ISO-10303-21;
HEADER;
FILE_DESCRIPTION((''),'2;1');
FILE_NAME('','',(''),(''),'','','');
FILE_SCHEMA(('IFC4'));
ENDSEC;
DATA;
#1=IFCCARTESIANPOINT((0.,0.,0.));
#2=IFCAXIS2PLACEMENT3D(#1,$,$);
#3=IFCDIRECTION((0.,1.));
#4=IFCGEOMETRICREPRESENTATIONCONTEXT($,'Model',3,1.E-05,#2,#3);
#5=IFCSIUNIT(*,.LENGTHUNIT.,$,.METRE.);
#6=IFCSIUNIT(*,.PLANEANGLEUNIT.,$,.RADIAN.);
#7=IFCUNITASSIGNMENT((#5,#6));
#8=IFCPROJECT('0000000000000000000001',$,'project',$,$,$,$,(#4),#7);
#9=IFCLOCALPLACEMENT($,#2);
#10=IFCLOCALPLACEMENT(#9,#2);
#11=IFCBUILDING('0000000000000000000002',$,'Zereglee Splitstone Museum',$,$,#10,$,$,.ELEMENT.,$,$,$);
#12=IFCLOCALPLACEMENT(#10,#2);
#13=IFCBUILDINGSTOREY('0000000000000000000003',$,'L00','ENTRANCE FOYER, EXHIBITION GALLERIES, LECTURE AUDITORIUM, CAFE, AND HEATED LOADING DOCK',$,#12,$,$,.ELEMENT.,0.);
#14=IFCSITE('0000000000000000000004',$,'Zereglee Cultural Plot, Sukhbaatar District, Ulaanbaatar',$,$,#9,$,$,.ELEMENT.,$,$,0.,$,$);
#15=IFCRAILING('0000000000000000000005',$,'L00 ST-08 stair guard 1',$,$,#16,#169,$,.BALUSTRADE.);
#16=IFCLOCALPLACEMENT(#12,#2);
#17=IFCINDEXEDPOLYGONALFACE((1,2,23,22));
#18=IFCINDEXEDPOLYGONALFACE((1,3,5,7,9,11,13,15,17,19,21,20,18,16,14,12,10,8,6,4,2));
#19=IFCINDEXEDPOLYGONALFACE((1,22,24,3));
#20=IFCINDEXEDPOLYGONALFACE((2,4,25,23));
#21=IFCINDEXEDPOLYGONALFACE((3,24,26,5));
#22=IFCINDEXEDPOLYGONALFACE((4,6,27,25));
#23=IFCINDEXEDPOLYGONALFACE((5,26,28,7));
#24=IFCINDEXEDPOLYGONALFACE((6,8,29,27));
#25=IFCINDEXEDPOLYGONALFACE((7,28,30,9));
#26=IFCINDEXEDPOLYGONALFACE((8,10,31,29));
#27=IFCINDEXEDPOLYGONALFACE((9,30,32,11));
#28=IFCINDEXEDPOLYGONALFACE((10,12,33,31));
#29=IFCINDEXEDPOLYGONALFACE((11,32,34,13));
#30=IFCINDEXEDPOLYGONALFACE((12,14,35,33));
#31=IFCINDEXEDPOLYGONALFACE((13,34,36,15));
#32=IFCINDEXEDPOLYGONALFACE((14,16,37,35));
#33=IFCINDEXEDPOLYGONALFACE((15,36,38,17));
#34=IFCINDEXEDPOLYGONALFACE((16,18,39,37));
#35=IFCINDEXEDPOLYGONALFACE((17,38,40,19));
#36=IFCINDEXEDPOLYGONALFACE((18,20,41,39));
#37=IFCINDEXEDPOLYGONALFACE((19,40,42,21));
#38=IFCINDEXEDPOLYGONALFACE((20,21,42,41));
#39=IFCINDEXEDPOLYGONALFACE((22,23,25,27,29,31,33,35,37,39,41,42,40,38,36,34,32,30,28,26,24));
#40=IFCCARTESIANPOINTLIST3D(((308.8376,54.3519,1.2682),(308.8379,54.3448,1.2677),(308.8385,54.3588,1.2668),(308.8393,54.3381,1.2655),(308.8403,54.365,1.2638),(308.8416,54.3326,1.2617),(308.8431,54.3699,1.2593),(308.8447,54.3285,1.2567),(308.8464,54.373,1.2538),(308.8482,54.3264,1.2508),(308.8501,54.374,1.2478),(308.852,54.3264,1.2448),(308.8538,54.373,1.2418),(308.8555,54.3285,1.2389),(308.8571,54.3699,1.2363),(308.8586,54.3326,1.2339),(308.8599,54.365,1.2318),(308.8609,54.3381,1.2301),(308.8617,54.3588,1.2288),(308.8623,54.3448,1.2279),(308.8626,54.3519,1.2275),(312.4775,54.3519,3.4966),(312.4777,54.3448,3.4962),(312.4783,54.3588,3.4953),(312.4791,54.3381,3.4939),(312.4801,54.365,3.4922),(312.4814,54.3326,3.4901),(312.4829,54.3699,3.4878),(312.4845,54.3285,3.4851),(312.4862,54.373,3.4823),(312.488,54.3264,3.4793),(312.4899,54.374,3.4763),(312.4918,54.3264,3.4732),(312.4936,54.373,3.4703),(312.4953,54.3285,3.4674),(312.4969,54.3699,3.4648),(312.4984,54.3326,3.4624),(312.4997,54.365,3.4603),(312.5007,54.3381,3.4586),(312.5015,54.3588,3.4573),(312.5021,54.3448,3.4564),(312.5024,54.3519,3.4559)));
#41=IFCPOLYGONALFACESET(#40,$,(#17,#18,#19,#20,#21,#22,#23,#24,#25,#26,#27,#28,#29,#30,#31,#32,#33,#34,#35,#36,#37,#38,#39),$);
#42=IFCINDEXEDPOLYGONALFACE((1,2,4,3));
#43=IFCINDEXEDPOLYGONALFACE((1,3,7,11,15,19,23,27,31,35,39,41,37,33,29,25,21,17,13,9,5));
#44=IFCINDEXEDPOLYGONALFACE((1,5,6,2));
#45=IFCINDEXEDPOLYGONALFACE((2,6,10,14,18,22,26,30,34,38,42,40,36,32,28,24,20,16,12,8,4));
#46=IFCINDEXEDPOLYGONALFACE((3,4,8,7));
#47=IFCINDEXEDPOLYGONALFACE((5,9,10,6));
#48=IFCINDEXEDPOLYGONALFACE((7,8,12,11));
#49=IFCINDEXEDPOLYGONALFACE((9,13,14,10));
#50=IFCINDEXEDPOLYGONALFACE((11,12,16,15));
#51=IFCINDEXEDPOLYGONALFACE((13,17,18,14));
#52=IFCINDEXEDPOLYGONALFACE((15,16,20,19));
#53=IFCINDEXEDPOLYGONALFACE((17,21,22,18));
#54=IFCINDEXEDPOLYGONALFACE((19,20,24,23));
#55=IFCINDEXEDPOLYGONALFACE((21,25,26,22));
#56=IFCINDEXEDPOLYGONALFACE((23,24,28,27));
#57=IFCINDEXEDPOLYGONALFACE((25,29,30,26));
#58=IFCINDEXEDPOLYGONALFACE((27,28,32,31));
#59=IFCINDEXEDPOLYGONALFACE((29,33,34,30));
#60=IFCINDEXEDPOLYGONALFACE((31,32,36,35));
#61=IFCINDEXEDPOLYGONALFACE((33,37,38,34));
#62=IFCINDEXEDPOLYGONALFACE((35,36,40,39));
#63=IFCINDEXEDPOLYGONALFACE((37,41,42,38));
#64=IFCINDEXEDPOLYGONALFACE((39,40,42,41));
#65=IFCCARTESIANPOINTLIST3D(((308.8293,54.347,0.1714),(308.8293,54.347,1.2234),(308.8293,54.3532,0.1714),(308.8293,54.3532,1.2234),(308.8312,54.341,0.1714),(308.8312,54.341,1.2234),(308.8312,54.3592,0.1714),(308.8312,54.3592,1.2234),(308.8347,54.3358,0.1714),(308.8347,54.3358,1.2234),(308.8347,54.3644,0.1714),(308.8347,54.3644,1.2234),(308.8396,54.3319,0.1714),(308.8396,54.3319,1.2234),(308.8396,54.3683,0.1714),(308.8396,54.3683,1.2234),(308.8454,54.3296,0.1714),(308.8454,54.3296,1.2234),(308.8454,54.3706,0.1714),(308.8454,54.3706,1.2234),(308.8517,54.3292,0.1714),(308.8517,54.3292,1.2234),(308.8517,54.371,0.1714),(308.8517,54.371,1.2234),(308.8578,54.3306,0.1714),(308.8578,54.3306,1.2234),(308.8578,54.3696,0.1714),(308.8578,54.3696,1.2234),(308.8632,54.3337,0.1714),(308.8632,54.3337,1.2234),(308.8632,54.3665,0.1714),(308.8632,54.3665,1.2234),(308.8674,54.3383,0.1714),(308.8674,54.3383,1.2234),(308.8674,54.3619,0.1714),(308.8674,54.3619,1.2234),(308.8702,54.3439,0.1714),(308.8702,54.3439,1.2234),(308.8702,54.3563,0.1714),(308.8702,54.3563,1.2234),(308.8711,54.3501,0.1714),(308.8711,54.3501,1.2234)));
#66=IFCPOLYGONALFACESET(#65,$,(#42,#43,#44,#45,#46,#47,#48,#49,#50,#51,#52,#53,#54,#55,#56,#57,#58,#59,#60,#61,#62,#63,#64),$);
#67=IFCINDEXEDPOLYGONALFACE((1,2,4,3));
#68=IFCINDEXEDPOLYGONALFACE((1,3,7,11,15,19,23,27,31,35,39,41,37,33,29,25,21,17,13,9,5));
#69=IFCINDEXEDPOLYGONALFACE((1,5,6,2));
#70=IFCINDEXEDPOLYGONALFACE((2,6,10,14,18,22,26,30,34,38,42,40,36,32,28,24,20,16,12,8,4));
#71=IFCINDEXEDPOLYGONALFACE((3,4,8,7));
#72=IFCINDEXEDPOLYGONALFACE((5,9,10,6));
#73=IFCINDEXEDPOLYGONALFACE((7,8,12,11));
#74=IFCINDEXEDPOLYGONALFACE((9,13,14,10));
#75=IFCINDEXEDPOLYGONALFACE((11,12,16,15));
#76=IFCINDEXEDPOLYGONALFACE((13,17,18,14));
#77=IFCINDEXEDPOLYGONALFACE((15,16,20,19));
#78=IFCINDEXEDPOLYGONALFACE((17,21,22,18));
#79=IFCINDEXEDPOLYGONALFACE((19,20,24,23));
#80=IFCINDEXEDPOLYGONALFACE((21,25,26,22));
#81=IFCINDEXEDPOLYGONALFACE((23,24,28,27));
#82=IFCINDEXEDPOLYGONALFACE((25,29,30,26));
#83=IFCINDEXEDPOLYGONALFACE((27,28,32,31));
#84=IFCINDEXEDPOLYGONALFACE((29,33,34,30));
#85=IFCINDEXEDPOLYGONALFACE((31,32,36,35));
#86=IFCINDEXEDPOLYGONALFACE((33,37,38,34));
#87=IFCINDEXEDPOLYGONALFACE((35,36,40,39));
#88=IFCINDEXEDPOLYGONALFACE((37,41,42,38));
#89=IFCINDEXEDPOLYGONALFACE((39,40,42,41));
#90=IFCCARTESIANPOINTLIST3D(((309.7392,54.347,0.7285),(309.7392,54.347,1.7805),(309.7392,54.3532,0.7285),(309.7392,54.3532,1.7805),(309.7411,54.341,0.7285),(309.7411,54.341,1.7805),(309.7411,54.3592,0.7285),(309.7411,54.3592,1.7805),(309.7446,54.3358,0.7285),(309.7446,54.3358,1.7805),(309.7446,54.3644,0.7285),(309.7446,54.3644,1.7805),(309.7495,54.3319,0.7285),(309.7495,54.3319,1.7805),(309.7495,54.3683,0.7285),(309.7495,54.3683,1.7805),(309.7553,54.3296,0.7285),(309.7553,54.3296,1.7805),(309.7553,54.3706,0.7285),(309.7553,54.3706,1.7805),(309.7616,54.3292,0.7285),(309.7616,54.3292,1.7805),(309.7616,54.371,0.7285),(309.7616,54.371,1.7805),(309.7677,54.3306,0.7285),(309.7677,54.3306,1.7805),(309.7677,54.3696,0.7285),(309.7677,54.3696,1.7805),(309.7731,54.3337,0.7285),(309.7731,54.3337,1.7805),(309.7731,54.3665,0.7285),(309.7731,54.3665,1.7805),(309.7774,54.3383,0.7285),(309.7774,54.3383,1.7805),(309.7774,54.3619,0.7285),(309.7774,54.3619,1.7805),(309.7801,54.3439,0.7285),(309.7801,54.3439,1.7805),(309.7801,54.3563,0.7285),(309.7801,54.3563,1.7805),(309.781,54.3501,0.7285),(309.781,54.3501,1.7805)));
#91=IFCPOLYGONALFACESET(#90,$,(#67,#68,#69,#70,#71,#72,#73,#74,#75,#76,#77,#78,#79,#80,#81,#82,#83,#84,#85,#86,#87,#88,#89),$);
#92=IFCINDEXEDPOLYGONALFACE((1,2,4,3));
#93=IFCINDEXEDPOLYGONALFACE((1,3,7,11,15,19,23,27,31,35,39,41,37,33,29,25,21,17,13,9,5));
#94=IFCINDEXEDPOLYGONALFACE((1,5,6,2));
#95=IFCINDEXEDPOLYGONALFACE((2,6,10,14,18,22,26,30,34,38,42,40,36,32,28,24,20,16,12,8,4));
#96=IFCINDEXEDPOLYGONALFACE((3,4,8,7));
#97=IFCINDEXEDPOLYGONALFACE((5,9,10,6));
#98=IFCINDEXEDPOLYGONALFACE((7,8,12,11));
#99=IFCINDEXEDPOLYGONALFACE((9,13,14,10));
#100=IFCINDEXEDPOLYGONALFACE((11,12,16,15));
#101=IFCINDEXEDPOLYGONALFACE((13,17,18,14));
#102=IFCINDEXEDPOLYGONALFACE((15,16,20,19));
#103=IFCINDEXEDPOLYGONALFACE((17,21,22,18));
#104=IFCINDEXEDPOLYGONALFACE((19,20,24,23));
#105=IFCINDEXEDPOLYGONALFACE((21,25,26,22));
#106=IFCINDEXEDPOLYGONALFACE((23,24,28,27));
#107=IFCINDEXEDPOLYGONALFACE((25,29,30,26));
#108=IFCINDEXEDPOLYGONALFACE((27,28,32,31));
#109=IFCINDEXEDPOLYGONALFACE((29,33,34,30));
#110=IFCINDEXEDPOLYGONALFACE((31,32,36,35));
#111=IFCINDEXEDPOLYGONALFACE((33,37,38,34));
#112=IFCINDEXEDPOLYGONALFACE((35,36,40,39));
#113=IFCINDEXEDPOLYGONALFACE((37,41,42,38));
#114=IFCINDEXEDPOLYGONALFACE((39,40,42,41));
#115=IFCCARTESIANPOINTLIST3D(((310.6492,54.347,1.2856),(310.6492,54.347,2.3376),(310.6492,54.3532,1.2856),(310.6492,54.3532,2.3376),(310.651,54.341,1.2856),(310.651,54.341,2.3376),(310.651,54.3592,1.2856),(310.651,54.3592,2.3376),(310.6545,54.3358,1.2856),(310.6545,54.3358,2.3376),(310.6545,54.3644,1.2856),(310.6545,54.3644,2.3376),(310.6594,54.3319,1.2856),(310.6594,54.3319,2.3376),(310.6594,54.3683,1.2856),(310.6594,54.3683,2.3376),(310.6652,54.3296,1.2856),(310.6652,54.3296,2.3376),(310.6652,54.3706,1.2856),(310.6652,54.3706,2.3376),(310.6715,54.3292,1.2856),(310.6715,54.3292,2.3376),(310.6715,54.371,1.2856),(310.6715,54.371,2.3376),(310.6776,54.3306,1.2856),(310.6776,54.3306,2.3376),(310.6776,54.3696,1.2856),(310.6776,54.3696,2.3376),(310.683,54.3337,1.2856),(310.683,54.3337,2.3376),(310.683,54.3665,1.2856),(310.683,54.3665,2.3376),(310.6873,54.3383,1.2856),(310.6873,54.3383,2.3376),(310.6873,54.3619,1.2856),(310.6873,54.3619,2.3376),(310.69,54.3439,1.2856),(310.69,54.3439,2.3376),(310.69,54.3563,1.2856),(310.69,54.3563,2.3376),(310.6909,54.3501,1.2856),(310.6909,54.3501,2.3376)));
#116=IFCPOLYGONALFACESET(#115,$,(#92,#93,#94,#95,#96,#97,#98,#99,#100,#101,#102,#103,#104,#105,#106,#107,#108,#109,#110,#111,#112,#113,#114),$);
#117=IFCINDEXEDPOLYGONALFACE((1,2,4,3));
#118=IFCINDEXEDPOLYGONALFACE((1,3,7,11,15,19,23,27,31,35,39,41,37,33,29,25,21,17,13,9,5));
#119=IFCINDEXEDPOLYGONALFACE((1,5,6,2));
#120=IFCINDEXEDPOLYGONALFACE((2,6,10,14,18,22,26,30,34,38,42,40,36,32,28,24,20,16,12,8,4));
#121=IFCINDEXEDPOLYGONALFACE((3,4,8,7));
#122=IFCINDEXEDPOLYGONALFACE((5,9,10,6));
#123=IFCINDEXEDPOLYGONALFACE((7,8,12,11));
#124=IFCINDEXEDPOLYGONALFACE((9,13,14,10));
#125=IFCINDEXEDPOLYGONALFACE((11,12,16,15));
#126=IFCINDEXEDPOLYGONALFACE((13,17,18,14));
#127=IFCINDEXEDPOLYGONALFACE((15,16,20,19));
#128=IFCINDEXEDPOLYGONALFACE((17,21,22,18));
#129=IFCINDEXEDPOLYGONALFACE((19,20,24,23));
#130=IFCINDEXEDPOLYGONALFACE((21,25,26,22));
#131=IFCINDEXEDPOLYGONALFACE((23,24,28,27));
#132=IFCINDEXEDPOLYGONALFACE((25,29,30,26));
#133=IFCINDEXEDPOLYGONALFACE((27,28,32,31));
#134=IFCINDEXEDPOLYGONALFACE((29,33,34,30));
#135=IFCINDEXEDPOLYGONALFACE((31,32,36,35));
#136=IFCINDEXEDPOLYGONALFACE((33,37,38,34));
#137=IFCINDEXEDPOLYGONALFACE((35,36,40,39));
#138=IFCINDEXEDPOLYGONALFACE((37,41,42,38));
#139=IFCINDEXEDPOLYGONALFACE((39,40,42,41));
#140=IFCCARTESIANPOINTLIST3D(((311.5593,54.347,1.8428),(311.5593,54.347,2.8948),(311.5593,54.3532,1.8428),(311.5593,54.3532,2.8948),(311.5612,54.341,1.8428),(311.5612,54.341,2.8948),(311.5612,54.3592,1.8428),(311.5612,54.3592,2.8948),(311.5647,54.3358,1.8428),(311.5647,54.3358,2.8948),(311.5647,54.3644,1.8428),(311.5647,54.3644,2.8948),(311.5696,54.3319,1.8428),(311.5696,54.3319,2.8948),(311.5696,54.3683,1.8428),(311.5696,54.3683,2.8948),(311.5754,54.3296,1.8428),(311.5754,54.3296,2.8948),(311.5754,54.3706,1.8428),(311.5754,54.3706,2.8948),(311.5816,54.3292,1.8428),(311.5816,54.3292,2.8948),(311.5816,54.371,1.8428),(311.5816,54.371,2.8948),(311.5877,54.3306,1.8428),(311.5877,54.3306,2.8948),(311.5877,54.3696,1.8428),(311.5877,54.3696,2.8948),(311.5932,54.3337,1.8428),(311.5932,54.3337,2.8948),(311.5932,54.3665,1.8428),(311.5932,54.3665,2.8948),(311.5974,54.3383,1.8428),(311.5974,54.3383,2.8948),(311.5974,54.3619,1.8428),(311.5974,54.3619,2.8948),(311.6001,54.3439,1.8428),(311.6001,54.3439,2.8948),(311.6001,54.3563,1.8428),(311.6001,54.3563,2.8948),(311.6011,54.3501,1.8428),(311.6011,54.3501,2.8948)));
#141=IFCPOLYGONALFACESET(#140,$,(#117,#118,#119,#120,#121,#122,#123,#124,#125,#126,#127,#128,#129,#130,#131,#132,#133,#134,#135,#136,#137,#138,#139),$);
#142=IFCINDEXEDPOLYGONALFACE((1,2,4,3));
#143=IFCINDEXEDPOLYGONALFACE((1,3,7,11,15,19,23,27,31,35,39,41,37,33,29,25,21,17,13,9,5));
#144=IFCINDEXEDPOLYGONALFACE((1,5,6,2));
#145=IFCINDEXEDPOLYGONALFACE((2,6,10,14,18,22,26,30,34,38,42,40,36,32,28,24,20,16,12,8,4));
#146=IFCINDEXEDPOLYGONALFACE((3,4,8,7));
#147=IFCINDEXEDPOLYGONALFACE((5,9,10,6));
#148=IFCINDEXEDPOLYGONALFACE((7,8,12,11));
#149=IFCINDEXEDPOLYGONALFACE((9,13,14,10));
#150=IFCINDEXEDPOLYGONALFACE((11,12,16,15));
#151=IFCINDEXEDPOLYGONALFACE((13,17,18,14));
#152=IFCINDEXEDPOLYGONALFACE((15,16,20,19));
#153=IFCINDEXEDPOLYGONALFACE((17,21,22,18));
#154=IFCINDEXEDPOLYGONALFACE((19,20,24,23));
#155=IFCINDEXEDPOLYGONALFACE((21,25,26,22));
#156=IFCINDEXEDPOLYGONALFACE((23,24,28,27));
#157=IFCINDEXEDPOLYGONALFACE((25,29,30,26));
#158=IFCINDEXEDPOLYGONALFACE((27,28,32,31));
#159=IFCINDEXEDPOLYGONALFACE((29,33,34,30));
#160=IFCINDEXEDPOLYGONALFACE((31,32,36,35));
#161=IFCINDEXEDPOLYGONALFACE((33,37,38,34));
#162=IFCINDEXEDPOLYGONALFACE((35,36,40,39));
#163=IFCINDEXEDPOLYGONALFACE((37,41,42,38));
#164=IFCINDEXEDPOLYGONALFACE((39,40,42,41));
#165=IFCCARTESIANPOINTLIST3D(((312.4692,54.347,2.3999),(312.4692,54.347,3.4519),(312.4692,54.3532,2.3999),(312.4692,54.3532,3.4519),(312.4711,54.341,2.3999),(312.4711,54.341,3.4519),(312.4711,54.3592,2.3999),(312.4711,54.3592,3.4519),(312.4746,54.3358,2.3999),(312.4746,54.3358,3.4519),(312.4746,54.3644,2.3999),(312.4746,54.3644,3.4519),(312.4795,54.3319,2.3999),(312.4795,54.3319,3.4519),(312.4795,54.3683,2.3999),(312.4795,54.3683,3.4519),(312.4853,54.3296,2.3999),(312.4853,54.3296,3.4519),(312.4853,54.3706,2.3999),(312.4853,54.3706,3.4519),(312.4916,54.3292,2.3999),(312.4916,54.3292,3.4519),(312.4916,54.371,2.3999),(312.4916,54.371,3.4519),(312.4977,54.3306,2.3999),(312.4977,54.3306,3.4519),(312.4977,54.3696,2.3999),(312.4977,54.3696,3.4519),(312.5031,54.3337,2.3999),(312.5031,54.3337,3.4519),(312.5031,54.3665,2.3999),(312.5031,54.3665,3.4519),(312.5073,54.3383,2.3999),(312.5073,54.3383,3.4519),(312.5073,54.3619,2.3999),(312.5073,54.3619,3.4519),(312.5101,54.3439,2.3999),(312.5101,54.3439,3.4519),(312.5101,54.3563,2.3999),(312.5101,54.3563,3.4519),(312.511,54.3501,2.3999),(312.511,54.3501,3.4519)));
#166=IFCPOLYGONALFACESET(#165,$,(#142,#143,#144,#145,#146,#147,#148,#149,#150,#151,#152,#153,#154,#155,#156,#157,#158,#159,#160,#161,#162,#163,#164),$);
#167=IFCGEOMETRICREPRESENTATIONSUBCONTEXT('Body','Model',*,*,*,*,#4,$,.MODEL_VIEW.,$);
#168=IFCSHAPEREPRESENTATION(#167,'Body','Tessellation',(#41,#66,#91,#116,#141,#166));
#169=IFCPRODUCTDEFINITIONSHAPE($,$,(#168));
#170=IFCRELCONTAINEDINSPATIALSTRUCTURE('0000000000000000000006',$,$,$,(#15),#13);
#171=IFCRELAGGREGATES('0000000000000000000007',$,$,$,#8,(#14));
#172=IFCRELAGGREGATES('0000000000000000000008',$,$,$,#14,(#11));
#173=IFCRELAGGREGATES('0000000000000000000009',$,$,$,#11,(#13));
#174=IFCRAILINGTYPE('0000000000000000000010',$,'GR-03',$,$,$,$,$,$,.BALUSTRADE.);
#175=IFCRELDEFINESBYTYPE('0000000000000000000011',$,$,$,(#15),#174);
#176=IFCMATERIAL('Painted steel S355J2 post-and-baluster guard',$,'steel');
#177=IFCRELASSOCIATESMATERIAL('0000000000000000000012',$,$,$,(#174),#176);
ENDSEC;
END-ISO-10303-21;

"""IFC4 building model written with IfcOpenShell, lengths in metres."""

from ifc_helpers import new_model, si_unit, direction, frame, origin, origin_2d, place, context, subcontext, project, spatial, circle, extrude, material, type_object, element, save


model = new_model("IFC4")

# Units and contexts
model_context = context("Model", 3, precision=1e-05, world=origin(), true_north=direction((0.0, 1.0)))
body_context = subcontext(model_context, "Body", "Model", "MODEL_VIEW")
ifc_project = project(units=[si_unit("LENGTHUNIT", "METRE"), si_unit("PLANEANGLEUNIT", "RADIAN")], contexts=[model_context])

# Site, building, storey
site_placement = place(None, origin())
site = spatial("IfcSite", under=ifc_project, at=site_placement, Name="Zereglee Cultural Plot, Sukhbaatar District, Ulaanbaatar", CompositionType="ELEMENT", RefElevation=0.0)
building_placement = place(site_placement, origin())
building = spatial("IfcBuilding", under=site, at=building_placement, Name="Zereglee Splitstone Museum", CompositionType="ELEMENT")
storey_placement = place(building_placement, origin())
storey = spatial("IfcBuildingStorey", under=building, at=storey_placement, Name="L00", Description="ENTRANCE FOYER, EXHIBITION GALLERIES, LECTURE AUDITORIUM, CAFE, AND HEATED LOADING DOCK", CompositionType="ELEMENT", Elevation=0.0)

# Railing
ifc_material_1 = material(Name="Painted steel S355J2 post-and-baluster guard", Category="steel")
railing_type_1 = type_object("IfcRailingType", Name="GR-03", PredefinedType="BALUSTRADE", material=ifc_material_1)
railing_1_placement = place(storey_placement, frame((308.8501, 54.3501, 0.1714)))
element("IfcRailing", 1, at=railing_1_placement, inside=storey, type_object=railing_type_1, Name="L00 ST-08 stair guard 1", PredefinedType="BALUSTRADE", context=body_context, shape_type="SweptSolid", body=[
    extrude(circle(Radius=0.0239, at=origin_2d()), frame((0.0, 0.0, 1.0764), z_axis=(0.85285, 0.0, 0.522156), x_axis=(0.0, 1.0, 0.0)), (0.0, 0.0, 1.0), 4.2678),
    extrude(circle(Radius=0.021, at=origin_2d()), origin(), (0.0, 0.0, 1.0), 1.052),
    extrude(circle(Radius=0.021, at=origin_2d()), frame((0.9099, 0.0, 0.5571)), (0.0, 0.0, 1.0), 1.052),
    extrude(circle(Radius=0.021, at=origin_2d()), frame((1.8198, 0.0, 1.1143)), (0.0, 0.0, 1.0), 1.052),
    extrude(circle(Radius=0.021, at=origin_2d()), frame((2.73, 0.0, 1.6714)), (0.0, 0.0, 1.0), 1.052),
    extrude(circle(Radius=0.021, at=origin_2d()), frame((3.6399, 0.0, 2.2285)), (0.0, 0.0, 1.0), 1.052),
])

save(model, "model.ifc")
